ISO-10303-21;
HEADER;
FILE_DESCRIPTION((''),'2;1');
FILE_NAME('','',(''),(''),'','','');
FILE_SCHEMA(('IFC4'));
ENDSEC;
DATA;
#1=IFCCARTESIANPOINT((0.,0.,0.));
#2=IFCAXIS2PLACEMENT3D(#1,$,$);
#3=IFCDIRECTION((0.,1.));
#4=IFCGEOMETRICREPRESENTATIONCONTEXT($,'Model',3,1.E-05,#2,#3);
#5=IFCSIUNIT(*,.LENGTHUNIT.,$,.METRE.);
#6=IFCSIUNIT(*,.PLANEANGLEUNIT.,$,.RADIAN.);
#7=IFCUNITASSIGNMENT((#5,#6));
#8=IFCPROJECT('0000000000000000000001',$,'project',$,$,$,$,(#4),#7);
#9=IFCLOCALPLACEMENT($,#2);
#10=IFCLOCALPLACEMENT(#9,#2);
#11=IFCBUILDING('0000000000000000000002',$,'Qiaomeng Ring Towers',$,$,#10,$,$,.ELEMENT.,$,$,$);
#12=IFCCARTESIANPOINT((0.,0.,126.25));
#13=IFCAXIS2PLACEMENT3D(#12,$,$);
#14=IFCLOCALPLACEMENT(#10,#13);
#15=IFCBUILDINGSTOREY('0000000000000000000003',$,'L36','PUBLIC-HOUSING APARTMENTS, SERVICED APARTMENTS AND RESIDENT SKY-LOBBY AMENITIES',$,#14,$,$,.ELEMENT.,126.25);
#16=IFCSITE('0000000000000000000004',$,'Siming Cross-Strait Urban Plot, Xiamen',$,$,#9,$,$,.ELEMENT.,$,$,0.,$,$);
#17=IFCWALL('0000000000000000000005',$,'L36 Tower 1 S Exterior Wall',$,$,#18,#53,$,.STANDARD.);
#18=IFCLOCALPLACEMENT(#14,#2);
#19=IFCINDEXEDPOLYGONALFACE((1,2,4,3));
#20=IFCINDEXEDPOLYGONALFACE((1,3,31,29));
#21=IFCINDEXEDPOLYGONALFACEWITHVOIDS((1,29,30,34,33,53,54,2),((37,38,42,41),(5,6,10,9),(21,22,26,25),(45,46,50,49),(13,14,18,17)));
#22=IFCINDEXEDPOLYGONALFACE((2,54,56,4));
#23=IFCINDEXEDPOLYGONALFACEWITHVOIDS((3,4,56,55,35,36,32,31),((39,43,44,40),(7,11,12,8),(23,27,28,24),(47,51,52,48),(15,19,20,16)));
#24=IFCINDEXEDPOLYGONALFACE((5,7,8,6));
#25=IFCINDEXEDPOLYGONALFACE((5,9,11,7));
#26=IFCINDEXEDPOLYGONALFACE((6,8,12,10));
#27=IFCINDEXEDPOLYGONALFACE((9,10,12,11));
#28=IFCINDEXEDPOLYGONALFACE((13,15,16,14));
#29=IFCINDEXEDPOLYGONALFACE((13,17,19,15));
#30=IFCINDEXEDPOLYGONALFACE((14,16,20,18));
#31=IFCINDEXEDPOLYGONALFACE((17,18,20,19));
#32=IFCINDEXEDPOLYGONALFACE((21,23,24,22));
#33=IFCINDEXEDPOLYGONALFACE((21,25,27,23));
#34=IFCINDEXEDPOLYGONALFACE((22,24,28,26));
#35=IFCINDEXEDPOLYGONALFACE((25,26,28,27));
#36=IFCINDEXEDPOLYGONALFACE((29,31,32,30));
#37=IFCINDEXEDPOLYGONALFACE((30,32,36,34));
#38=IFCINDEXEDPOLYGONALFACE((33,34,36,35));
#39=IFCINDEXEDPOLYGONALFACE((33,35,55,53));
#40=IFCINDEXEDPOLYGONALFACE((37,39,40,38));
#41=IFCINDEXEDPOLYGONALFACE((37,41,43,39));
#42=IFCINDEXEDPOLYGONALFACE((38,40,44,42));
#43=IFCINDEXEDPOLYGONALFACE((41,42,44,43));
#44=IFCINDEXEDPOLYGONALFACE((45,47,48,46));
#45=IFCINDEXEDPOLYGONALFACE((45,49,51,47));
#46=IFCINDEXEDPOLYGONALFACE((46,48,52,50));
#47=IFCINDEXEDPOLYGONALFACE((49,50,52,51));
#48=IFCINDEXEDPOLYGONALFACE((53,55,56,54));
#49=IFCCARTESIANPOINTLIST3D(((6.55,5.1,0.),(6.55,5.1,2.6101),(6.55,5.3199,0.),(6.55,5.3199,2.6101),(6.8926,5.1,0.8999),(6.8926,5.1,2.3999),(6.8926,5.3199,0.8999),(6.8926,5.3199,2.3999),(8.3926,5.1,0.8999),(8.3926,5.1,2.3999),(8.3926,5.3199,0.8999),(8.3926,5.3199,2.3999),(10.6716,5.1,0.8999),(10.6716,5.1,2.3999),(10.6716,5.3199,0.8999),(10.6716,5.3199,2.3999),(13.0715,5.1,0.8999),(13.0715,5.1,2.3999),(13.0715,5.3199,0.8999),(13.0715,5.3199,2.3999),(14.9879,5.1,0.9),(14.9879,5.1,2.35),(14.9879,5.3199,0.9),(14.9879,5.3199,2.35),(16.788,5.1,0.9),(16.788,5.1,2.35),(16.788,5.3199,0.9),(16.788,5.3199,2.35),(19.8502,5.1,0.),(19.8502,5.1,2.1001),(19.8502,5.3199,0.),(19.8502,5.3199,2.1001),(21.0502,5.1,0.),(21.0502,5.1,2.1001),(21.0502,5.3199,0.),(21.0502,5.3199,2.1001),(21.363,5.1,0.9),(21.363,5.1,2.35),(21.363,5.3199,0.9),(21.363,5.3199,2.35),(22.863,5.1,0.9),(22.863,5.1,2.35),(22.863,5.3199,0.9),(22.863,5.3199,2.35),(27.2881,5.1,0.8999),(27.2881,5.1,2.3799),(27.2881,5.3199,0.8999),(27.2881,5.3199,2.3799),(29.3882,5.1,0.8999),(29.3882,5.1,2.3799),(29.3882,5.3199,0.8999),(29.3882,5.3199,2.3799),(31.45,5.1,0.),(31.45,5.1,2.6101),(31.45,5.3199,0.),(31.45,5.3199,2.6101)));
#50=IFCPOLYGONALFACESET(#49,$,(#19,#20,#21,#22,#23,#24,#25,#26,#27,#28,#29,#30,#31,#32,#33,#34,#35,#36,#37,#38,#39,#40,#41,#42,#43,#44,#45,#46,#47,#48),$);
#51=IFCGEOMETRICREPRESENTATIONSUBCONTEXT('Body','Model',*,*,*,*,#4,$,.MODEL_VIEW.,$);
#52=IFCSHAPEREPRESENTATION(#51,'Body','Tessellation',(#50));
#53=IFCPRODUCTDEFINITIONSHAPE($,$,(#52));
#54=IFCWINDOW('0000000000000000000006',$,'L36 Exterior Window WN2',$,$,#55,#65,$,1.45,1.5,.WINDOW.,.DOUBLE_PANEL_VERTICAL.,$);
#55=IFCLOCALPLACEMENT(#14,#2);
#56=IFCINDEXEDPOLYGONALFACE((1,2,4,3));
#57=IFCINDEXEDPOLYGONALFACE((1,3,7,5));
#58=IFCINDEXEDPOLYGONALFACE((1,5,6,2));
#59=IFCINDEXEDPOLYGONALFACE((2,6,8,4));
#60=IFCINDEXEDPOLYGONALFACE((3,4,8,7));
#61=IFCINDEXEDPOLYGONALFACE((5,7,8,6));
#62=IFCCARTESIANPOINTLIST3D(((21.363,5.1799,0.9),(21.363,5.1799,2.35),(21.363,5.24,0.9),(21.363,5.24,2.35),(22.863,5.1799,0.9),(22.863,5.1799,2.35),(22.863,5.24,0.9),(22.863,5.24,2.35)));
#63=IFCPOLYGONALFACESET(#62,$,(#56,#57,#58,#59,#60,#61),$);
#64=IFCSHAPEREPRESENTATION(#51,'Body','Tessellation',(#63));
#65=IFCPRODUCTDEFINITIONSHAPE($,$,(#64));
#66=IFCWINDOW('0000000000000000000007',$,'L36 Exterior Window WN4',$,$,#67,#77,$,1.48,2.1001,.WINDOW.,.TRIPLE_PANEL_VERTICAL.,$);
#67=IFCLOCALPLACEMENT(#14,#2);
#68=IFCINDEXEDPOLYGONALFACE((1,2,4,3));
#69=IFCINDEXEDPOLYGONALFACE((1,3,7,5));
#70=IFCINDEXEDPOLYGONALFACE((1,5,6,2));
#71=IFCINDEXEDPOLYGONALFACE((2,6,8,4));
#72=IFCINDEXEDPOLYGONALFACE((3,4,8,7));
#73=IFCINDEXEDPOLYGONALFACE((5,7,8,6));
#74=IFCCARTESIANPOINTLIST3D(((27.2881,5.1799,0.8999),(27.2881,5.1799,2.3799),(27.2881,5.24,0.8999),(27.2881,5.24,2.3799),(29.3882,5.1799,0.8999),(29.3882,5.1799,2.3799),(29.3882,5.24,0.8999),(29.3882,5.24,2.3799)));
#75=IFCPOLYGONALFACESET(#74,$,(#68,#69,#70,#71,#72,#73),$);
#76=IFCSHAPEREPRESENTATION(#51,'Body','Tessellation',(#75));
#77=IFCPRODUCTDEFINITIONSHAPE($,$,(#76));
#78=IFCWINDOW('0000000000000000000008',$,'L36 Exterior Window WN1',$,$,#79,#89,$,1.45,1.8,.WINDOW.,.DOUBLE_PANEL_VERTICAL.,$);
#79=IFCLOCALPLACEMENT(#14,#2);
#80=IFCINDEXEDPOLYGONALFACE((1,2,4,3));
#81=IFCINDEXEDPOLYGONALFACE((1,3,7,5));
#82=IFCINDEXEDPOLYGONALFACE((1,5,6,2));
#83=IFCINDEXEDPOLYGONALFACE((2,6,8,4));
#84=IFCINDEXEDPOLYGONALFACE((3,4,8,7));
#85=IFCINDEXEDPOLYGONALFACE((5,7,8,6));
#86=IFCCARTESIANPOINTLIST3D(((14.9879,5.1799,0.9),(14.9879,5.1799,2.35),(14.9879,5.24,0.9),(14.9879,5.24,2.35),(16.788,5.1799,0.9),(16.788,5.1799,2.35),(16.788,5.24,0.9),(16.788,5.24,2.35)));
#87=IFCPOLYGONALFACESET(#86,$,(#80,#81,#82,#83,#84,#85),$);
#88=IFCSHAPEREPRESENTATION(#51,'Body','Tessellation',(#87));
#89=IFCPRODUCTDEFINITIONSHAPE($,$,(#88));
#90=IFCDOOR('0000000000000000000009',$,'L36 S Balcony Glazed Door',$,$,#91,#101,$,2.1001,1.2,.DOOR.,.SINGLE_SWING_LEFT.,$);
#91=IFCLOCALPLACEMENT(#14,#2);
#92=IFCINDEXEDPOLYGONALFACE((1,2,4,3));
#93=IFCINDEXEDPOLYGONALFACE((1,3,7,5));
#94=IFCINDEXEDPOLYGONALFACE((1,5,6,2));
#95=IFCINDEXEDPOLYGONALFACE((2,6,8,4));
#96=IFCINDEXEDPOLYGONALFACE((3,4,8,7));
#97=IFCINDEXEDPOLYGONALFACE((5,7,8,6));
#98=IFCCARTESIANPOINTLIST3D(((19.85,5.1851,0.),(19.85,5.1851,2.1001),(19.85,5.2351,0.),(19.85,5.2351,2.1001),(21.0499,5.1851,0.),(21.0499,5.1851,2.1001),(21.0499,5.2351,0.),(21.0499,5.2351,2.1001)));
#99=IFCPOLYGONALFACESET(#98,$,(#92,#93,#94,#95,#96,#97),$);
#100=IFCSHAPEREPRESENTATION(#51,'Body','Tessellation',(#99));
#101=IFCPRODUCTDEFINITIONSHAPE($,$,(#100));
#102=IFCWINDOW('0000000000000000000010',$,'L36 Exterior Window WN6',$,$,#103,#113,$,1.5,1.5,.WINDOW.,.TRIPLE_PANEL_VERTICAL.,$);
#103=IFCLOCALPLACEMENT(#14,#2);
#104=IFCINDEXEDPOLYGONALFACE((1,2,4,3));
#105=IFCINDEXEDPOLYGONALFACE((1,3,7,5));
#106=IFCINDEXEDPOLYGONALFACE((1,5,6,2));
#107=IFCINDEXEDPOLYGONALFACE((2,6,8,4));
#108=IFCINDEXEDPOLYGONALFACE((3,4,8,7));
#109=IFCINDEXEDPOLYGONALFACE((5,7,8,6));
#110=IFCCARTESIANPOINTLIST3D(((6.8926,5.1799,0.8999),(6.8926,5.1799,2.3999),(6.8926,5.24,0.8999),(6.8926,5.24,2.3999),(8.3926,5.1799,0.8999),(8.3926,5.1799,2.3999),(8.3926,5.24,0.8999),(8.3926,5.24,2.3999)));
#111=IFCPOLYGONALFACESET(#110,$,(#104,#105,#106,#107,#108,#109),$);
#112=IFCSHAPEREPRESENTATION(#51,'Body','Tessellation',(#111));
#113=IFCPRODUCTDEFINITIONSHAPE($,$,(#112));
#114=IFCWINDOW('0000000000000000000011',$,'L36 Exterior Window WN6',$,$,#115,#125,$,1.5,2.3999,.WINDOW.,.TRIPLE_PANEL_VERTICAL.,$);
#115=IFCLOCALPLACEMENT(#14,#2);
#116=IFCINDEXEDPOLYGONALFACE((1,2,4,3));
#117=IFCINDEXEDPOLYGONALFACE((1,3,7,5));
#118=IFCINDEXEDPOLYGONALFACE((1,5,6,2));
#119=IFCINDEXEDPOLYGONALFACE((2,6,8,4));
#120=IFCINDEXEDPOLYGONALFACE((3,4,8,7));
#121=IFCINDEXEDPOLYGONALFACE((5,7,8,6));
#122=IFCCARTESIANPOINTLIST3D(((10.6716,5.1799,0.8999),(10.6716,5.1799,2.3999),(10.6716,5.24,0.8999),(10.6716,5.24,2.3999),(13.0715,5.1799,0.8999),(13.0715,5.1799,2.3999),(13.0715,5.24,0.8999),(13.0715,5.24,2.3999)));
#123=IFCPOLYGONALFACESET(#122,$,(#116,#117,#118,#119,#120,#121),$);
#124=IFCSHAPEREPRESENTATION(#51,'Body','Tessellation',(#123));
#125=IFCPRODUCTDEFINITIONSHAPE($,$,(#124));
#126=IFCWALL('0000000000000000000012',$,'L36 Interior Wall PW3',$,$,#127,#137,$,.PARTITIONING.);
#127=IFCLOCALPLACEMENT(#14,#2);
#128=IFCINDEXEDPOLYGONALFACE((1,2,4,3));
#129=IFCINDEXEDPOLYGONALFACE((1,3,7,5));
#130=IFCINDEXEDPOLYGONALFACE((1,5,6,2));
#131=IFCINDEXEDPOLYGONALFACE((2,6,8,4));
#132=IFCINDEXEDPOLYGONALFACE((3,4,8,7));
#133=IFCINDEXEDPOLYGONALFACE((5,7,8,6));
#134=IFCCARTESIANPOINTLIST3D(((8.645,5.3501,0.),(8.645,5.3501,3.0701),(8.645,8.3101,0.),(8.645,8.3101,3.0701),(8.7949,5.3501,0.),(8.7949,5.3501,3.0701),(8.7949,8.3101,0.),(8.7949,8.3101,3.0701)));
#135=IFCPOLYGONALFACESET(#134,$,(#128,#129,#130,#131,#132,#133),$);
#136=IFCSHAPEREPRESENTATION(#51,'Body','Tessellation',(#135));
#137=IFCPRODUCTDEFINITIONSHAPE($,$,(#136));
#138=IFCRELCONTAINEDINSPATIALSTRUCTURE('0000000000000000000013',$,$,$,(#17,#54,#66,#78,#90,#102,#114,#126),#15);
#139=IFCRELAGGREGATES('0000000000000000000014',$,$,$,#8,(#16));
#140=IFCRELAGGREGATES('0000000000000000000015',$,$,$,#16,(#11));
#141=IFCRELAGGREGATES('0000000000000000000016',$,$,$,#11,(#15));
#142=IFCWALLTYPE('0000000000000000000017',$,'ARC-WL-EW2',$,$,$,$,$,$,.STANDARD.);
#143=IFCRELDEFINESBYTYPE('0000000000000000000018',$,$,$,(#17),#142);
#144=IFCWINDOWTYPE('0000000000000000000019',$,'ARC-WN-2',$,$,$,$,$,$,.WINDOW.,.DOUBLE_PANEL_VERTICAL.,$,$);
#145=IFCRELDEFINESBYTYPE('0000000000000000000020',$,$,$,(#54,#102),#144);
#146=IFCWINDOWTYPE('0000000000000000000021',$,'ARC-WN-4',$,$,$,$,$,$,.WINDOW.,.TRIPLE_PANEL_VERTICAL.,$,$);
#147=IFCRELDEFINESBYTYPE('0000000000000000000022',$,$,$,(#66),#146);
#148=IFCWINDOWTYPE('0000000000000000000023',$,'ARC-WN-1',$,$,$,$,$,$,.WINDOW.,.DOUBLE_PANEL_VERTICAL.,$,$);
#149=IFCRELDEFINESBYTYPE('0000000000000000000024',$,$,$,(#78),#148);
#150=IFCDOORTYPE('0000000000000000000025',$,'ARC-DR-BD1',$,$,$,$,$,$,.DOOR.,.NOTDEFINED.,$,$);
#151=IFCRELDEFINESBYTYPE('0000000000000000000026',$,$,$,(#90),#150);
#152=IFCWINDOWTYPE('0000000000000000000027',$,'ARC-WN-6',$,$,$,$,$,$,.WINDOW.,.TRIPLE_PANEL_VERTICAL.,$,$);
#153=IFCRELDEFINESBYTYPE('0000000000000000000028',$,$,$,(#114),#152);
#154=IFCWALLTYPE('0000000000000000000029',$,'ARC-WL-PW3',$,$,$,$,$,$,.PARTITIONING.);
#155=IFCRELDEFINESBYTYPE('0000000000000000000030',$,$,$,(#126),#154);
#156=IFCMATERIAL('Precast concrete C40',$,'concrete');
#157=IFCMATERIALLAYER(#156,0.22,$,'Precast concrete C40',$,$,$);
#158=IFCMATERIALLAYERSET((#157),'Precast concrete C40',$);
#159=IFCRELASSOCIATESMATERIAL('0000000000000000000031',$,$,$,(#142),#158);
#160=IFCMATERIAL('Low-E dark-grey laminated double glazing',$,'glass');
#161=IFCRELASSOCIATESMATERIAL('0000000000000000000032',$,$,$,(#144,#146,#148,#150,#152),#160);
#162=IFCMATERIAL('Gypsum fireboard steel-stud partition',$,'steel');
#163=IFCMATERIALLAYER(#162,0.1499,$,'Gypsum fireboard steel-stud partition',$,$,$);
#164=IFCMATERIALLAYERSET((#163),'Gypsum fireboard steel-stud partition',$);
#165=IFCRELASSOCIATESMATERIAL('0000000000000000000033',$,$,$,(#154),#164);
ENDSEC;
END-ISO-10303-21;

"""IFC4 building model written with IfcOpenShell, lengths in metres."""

from ifc_helpers import new_model, si_unit, direction, frame, frame_2d, origin, place, context, subcontext, project, spatial, rectangle, extrude, source, transform, mapped, material, layer, layer_set, type_object, element, fill, save


model = new_model("IFC4")

# Units and contexts
model_context = context("Model", 3, precision=1e-05, world=origin(), true_north=direction((0.0, 1.0)))
body_context = subcontext(model_context, "Body", "Model", "MODEL_VIEW")
ifc_project = project(units=[si_unit("LENGTHUNIT", "METRE"), si_unit("PLANEANGLEUNIT", "RADIAN")], contexts=[model_context])

# Site, building, storey
site_placement = place(None, origin())
site = spatial("IfcSite", under=ifc_project, at=site_placement, Name="Siming Cross-Strait Urban Plot, Xiamen", CompositionType="ELEMENT", RefElevation=0.0)
building_placement = place(site_placement, origin())
building = spatial("IfcBuilding", under=site, at=building_placement, Name="Qiaomeng Ring Towers", CompositionType="ELEMENT")
storey_placement = place(building_placement, frame((0.0, 0.0, 126.25)))
storey = spatial("IfcBuildingStorey", under=building, at=storey_placement, Name="L36", Description="PUBLIC-HOUSING APARTMENTS, SERVICED APARTMENTS AND RESIDENT SKY-LOBBY AMENITIES", CompositionType="ELEMENT", Elevation=126.25)

# Shared definitions
ifc_material_1 = material(Name="Low-E dark-grey laminated double glazing", Category="glass")

# Wall, openings, windows, door
ifc_material_2 = material(Name="Precast concrete C40", Category="concrete")
ifc_layer_1 = layer(ifc_material_2, 0.22, Name="Precast concrete C40")
ifc_layer_set_1 = layer_set([ifc_layer_1], Name="Precast concrete C40")
wall_type_1 = type_object("IfcWallType", Name="ARC-WL-EW2", PredefinedType="STANDARD", material=ifc_layer_set_1)
wall_1_placement = place(storey_placement, frame((6.55, 5.21, 0.0), z_axis=(0.0, 0.0, 1.0), x_axis=(1.0, 0.0, 0.0)))
wall_1 = element("IfcWall", 1, at=wall_1_placement, inside=storey, type_object=wall_type_1, Name="L36 Tower 1 S Exterior Wall", PredefinedType="STANDARD", context=body_context, shape_type="SweptSolid", body=[
    extrude(rectangle(XDim=24.8999, YDim=0.22, at=frame_2d((12.45, 0.0))), origin(), (0.0, 0.0, 1.0), 2.6101),
])
opening_1_placement = place(wall_1_placement, frame((13.3, 0.0, 0.0)))
opening_1 = element("IfcOpeningElement", 2, at=opening_1_placement, cuts=wall_1, PredefinedType="OPENING", context=body_context, shape_type="SweptSolid", body=[
    extrude(rectangle(XDim=1.2, YDim=2.1001, at=frame_2d((0.6001, 1.05))), frame((0.0, 0.1199, 0.0), z_axis=(0.0, -1.0, 0.0), x_axis=(1.0, 0.0, 0.0)), (0.0, 0.0, 1.0), 0.24),
])
opening_2_placement = place(wall_1_placement, frame((0.3425, 0.0, 0.8999)))
opening_2 = element("IfcOpeningElement", 3, at=opening_2_placement, cuts=wall_1, PredefinedType="OPENING", context=body_context, shape_type="SweptSolid", body=[
    extrude(rectangle(XDim=1.5, YDim=1.5, at=frame_2d((0.75, 0.75))), frame((0.0, 0.1199, 0.0), z_axis=(0.0, -1.0, 0.0), x_axis=(1.0, 0.0, 0.0)), (0.0, 0.0, 1.0), 0.24),
])
opening_3_placement = place(wall_1_placement, frame((8.438, 0.0, 0.8999)))
opening_3 = element("IfcOpeningElement", 4, at=opening_3_placement, cuts=wall_1, PredefinedType="OPENING", context=body_context, shape_type="SweptSolid", body=[
    extrude(rectangle(XDim=1.8, YDim=1.45, at=frame_2d((0.8999, 0.7251))), frame((0.0, 0.1199, 0.0), z_axis=(0.0, -1.0, 0.0), x_axis=(1.0, 0.0, 0.0)), (0.0, 0.0, 1.0), 0.24),
])
opening_4_placement = place(wall_1_placement, frame((14.813, 0.0, 0.8999)))
opening_4 = element("IfcOpeningElement", 5, at=opening_4_placement, cuts=wall_1, PredefinedType="OPENING", context=body_context, shape_type="SweptSolid", body=[
    extrude(rectangle(XDim=1.5, YDim=1.45, at=frame_2d((0.75, 0.7251))), frame((0.0, 0.1199, 0.0), z_axis=(0.0, -1.0, 0.0), x_axis=(1.0, 0.0, 0.0)), (0.0, 0.0, 1.0), 0.24),
])
opening_5_placement = place(wall_1_placement, frame((20.738, 0.0, 0.8999)))
opening_5 = element("IfcOpeningElement", 6, at=opening_5_placement, cuts=wall_1, PredefinedType="OPENING", context=body_context, shape_type="SweptSolid", body=[
    extrude(rectangle(XDim=2.1001, YDim=1.48, at=frame_2d((1.05, 0.74))), frame((0.0, 0.1199, 0.0), z_axis=(0.0, -1.0, 0.0), x_axis=(1.0, 0.0, 0.0)), (0.0, 0.0, 1.0), 0.24),
])
opening_6_placement = place(wall_1_placement, frame((4.1216, 0.0, 0.8999)))
opening_6 = element("IfcOpeningElement", 7, at=opening_6_placement, cuts=wall_1, PredefinedType="OPENING", context=body_context, shape_type="SweptSolid", body=[
    extrude(rectangle(XDim=2.3999, YDim=1.5, at=frame_2d((1.2, 0.75))), frame((0.0, 0.1199, 0.0), z_axis=(0.0, -1.0, 0.0), x_axis=(1.0, 0.0, 0.0)), (0.0, 0.0, 1.0), 0.24),
])
window_type_1 = type_object("IfcWindowType", Name="ARC-WN-2", PartitioningType="DOUBLE_PANEL_VERTICAL", PredefinedType="WINDOW", material=ifc_material_1)
shared_shape_1 = source(origin(), body_context, "Body", "SweptSolid", [
    extrude(rectangle(XDim=1.5, YDim=1.45, at=frame_2d((0.75, 0.7251))), frame((0.0, 0.03, 0.0), z_axis=(0.0, -1.0, 0.0), x_axis=(1.0, 0.0, 0.0)), (0.0, 0.0, 1.0), 0.0601),
])
window_1_placement = place(opening_4_placement, origin())
window_1 = element("IfcWindow", 8, at=window_1_placement, inside=storey, type_object=window_type_1, Name="L36 Exterior Window WN2", OverallHeight=1.45, OverallWidth=1.5, PartitioningType="DOUBLE_PANEL_VERTICAL", PredefinedType="WINDOW", context=body_context, shape_type="MappedRepresentation", body=[
    mapped(shared_shape_1, transform((0.0, 0.0, 0.0), x_axis=(1.0, 0.0, 0.0), y_axis=(0.0, 1.0, 0.0), z_axis=(0.0, 0.0, 1.0), scale=1.0)),
])
fill(opening_4, window_1)
window_type_2 = type_object("IfcWindowType", Name="ARC-WN-4", PartitioningType="TRIPLE_PANEL_VERTICAL", PredefinedType="WINDOW", material=ifc_material_1)
shared_shape_2 = source(origin(), body_context, "Body", "SweptSolid", [
    extrude(rectangle(XDim=2.1001, YDim=1.48, at=frame_2d((1.05, 0.74))), frame((0.0, 0.03, 0.0), z_axis=(0.0, -1.0, 0.0), x_axis=(1.0, 0.0, 0.0)), (0.0, 0.0, 1.0), 0.0601),
])
window_2_placement = place(opening_5_placement, origin())
window_2 = element("IfcWindow", 9, at=window_2_placement, inside=storey, type_object=window_type_2, Name="L36 Exterior Window WN4", OverallHeight=1.48, OverallWidth=2.1001, PartitioningType="TRIPLE_PANEL_VERTICAL", PredefinedType="WINDOW", context=body_context, shape_type="MappedRepresentation", body=[
    mapped(shared_shape_2, transform((0.0, 0.0, 0.0), x_axis=(1.0, 0.0, 0.0), y_axis=(0.0, 1.0, 0.0), z_axis=(0.0, 0.0, 1.0), scale=1.0)),
])
fill(opening_5, window_2)
window_type_3 = type_object("IfcWindowType", Name="ARC-WN-1", PartitioningType="DOUBLE_PANEL_VERTICAL", PredefinedType="WINDOW", material=ifc_material_1)
shared_shape_3 = source(origin(), body_context, "Body", "SweptSolid", [
    extrude(rectangle(XDim=1.8, YDim=1.45, at=frame_2d((0.8999, 0.7251))), frame((0.0, 0.03, 0.0), z_axis=(0.0, -1.0, 0.0), x_axis=(1.0, 0.0, 0.0)), (0.0, 0.0, 1.0), 0.0601),
])
window_3_placement = place(opening_3_placement, origin())
window_3 = element("IfcWindow", 10, at=window_3_placement, inside=storey, type_object=window_type_3, Name="L36 Exterior Window WN1", OverallHeight=1.45, OverallWidth=1.8, PartitioningType="DOUBLE_PANEL_VERTICAL", PredefinedType="WINDOW", context=body_context, shape_type="MappedRepresentation", body=[
    mapped(shared_shape_3, transform((0.0, 0.0, 0.0), x_axis=(1.0, 0.0, 0.0), y_axis=(0.0, 1.0, 0.0), z_axis=(0.0, 0.0, 1.0), scale=1.0)),
])
fill(opening_3, window_3)
door_type = type_object("IfcDoorType", Name="ARC-DR-BD1", OperationType="NOTDEFINED", PredefinedType="DOOR", material=ifc_material_1)
shared_shape_4 = source(origin(), body_context, "Body", "SweptSolid", [
    extrude(rectangle(XDim=1.2, YDim=2.1001, at=frame_2d((0.6001, 1.05))), frame((0.0, 0.0249, 0.0), z_axis=(0.0, -1.0, 0.0), x_axis=(1.0, 0.0, 0.0)), (0.0, 0.0, 1.0), 0.05),
])
door_placement = place(opening_1_placement, frame((1.2, 0.0, 0.0), z_axis=(0.0, 0.0, 1.0), x_axis=(-1.0, 0.0, 0.0)))
door = element("IfcDoor", 11, at=door_placement, inside=storey, type_object=door_type, Name="L36 S Balcony Glazed Door", OperationType="SINGLE_SWING_LEFT", OverallHeight=2.1001, OverallWidth=1.2, PredefinedType="DOOR", context=body_context, shape_type="MappedRepresentation", body=[
    mapped(shared_shape_4, transform((0.0, 0.0, 0.0), x_axis=(1.0, 0.0, 0.0), y_axis=(0.0, 1.0, 0.0), z_axis=(0.0, 0.0, 1.0), scale=1.0)),
])
fill(opening_1, door)
shared_shape_5 = source(origin(), body_context, "Body", "SweptSolid", [
    extrude(rectangle(XDim=1.5, YDim=1.5, at=frame_2d((0.75, 0.75))), frame((0.0, 0.03, 0.0), z_axis=(0.0, -1.0, 0.0), x_axis=(1.0, 0.0, 0.0)), (0.0, 0.0, 1.0), 0.0601),
])
window_4_placement = place(opening_2_placement, origin())
window_4 = element("IfcWindow", 12, at=window_4_placement, inside=storey, type_object=window_type_1, Name="L36 Exterior Window WN6", OverallHeight=1.5, OverallWidth=1.5, PartitioningType="TRIPLE_PANEL_VERTICAL", PredefinedType="WINDOW", context=body_context, shape_type="MappedRepresentation", body=[
    mapped(shared_shape_5, transform((0.0, 0.0, 0.0), x_axis=(1.0, 0.0, 0.0), y_axis=(0.0, 1.0, 0.0), z_axis=(0.0, 0.0, 1.0), scale=1.0)),
])
fill(opening_2, window_4)
window_type_4 = type_object("IfcWindowType", Name="ARC-WN-6", PartitioningType="TRIPLE_PANEL_VERTICAL", PredefinedType="WINDOW", material=ifc_material_1)
shared_shape_6 = source(origin(), body_context, "Body", "SweptSolid", [
    extrude(rectangle(XDim=2.3999, YDim=1.5, at=frame_2d((1.2, 0.75))), frame((0.0, 0.03, 0.0), z_axis=(0.0, -1.0, 0.0), x_axis=(1.0, 0.0, 0.0)), (0.0, 0.0, 1.0), 0.0601),
])
window_5_placement = place(opening_6_placement, origin())
window_5 = element("IfcWindow", 13, at=window_5_placement, inside=storey, type_object=window_type_4, Name="L36 Exterior Window WN6", OverallHeight=1.5, OverallWidth=2.3999, PartitioningType="TRIPLE_PANEL_VERTICAL", PredefinedType="WINDOW", context=body_context, shape_type="MappedRepresentation", body=[
    mapped(shared_shape_6, transform((0.0, 0.0, 0.0), x_axis=(1.0, 0.0, 0.0), y_axis=(0.0, 1.0, 0.0), z_axis=(0.0, 0.0, 1.0), scale=1.0)),
])
fill(opening_6, window_5)

# Wall
ifc_material_3 = material(Name="Gypsum fireboard steel-stud partition", Category="steel")
ifc_layer_2 = layer(ifc_material_3, 0.1499, Name="Gypsum fireboard steel-stud partition")
ifc_layer_set_2 = layer_set([ifc_layer_2], Name="Gypsum fireboard steel-stud partition")
wall_type_2 = type_object("IfcWallType", Name="ARC-WL-PW3", PredefinedType="PARTITIONING", material=ifc_layer_set_2)
wall_2_placement = place(storey_placement, frame((8.72, 5.3501, 0.0), z_axis=(0.0, 0.0, 1.0), x_axis=(0.0, 1.0, 0.0)))
element("IfcWall", 14, at=wall_2_placement, inside=storey, type_object=wall_type_2, Name="L36 Interior Wall PW3", PredefinedType="PARTITIONING", context=body_context, shape_type="SweptSolid", body=[
    extrude(rectangle(XDim=2.96, YDim=0.1499, at=frame_2d((1.48, 0.0))), origin(), (0.0, 0.0, 1.0), 3.0701),
])

save(model, "model.ifc")
